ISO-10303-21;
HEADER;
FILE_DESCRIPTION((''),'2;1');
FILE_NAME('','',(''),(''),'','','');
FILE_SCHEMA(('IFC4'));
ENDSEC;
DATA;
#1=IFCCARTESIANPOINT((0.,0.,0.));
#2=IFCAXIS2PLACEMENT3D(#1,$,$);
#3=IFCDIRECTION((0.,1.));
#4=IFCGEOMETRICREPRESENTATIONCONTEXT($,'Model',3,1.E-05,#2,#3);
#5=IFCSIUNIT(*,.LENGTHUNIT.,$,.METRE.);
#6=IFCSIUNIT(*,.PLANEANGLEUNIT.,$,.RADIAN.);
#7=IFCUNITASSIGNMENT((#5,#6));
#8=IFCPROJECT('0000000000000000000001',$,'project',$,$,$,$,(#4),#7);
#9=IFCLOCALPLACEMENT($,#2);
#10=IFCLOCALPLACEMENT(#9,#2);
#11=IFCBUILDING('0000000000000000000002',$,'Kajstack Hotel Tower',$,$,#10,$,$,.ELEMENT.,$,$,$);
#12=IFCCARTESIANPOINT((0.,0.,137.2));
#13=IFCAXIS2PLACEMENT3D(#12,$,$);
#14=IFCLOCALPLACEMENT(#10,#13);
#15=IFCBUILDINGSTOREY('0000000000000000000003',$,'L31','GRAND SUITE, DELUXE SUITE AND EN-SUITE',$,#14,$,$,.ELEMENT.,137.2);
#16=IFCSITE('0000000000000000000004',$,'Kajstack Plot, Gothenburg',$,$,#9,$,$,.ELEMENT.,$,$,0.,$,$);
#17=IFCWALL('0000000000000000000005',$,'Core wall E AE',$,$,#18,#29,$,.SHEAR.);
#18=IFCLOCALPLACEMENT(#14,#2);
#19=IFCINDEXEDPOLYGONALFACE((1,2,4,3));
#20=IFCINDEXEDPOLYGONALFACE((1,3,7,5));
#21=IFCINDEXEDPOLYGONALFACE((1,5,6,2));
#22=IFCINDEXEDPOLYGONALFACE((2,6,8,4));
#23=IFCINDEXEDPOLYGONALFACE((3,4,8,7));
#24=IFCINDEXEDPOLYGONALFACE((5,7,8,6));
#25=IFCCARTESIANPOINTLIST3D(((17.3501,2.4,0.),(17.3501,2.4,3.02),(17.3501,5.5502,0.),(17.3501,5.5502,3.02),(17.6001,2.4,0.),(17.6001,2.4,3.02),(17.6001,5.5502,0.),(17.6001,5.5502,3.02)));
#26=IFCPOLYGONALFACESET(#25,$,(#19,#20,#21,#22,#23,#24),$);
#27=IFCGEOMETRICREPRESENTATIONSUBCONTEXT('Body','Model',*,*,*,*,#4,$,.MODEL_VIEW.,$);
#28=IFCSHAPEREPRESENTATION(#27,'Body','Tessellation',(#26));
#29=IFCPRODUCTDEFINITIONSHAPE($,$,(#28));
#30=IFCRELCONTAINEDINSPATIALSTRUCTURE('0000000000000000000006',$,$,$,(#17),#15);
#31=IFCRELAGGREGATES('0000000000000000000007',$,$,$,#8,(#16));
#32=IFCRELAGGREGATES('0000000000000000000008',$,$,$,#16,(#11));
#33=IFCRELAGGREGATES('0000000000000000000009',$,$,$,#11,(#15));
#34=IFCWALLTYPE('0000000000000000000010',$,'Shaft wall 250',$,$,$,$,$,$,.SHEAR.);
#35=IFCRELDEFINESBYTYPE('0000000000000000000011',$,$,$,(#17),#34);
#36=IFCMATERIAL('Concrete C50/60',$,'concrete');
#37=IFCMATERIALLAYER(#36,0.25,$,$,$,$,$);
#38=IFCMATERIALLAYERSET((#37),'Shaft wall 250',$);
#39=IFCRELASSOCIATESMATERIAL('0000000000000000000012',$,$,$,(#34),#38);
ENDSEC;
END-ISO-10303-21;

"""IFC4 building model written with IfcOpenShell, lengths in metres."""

from ifc_helpers import new_model, si_unit, direction, frame, frame_2d, origin, place, context, subcontext, project, spatial, rectangle, extrude, material, layer, layer_set, type_object, element, save


model = new_model("IFC4")

# Units and contexts
model_context = context("Model", 3, precision=1e-05, world=origin(), true_north=direction((0.0, 1.0)))
body_context = subcontext(model_context, "Body", "Model", "MODEL_VIEW")
ifc_project = project(units=[si_unit("LENGTHUNIT", "METRE"), si_unit("PLANEANGLEUNIT", "RADIAN")], contexts=[model_context])

# Site, building, storey
site_placement = place(None, origin())
site = spatial("IfcSite", under=ifc_project, at=site_placement, Name="Kajstack Plot, Gothenburg", CompositionType="ELEMENT", RefElevation=0.0)
building_placement = place(site_placement, origin())
building = spatial("IfcBuilding", under=site, at=building_placement, Name="Kajstack Hotel Tower", CompositionType="ELEMENT")
storey_placement = place(building_placement, frame((0.0, 0.0, 137.2)))
storey = spatial("IfcBuildingStorey", under=building, at=storey_placement, Name="L31", Description="GRAND SUITE, DELUXE SUITE AND EN-SUITE", CompositionType="ELEMENT", Elevation=137.2)

# Wall
ifc_material_1 = material(Name="Concrete C50/60", Category="concrete")
ifc_layer_1 = layer(ifc_material_1, 0.25)
ifc_layer_set_1 = layer_set([ifc_layer_1], Name="Shaft wall 250")
wall_type_1 = type_object("IfcWallType", Name="Shaft wall 250", PredefinedType="SHEAR", material=ifc_layer_set_1)
wall_1_placement = place(storey_placement, frame((17.4751, 2.3999, 0.0), z_axis=(0.0, 0.0, 1.0), x_axis=(0.0, 1.0, 0.0)))
element("IfcWall", 1, at=wall_1_placement, inside=storey, type_object=wall_type_1, Name="Core wall E AE", PredefinedType="SHEAR", context=body_context, shape_type="SweptSolid", body=[
    extrude(rectangle(XDim=3.1501, YDim=0.25, at=frame_2d((1.5752, 0.0))), origin(), (0.0, 0.0, 1.0), 3.02),
])

save(model, "model.ifc")
